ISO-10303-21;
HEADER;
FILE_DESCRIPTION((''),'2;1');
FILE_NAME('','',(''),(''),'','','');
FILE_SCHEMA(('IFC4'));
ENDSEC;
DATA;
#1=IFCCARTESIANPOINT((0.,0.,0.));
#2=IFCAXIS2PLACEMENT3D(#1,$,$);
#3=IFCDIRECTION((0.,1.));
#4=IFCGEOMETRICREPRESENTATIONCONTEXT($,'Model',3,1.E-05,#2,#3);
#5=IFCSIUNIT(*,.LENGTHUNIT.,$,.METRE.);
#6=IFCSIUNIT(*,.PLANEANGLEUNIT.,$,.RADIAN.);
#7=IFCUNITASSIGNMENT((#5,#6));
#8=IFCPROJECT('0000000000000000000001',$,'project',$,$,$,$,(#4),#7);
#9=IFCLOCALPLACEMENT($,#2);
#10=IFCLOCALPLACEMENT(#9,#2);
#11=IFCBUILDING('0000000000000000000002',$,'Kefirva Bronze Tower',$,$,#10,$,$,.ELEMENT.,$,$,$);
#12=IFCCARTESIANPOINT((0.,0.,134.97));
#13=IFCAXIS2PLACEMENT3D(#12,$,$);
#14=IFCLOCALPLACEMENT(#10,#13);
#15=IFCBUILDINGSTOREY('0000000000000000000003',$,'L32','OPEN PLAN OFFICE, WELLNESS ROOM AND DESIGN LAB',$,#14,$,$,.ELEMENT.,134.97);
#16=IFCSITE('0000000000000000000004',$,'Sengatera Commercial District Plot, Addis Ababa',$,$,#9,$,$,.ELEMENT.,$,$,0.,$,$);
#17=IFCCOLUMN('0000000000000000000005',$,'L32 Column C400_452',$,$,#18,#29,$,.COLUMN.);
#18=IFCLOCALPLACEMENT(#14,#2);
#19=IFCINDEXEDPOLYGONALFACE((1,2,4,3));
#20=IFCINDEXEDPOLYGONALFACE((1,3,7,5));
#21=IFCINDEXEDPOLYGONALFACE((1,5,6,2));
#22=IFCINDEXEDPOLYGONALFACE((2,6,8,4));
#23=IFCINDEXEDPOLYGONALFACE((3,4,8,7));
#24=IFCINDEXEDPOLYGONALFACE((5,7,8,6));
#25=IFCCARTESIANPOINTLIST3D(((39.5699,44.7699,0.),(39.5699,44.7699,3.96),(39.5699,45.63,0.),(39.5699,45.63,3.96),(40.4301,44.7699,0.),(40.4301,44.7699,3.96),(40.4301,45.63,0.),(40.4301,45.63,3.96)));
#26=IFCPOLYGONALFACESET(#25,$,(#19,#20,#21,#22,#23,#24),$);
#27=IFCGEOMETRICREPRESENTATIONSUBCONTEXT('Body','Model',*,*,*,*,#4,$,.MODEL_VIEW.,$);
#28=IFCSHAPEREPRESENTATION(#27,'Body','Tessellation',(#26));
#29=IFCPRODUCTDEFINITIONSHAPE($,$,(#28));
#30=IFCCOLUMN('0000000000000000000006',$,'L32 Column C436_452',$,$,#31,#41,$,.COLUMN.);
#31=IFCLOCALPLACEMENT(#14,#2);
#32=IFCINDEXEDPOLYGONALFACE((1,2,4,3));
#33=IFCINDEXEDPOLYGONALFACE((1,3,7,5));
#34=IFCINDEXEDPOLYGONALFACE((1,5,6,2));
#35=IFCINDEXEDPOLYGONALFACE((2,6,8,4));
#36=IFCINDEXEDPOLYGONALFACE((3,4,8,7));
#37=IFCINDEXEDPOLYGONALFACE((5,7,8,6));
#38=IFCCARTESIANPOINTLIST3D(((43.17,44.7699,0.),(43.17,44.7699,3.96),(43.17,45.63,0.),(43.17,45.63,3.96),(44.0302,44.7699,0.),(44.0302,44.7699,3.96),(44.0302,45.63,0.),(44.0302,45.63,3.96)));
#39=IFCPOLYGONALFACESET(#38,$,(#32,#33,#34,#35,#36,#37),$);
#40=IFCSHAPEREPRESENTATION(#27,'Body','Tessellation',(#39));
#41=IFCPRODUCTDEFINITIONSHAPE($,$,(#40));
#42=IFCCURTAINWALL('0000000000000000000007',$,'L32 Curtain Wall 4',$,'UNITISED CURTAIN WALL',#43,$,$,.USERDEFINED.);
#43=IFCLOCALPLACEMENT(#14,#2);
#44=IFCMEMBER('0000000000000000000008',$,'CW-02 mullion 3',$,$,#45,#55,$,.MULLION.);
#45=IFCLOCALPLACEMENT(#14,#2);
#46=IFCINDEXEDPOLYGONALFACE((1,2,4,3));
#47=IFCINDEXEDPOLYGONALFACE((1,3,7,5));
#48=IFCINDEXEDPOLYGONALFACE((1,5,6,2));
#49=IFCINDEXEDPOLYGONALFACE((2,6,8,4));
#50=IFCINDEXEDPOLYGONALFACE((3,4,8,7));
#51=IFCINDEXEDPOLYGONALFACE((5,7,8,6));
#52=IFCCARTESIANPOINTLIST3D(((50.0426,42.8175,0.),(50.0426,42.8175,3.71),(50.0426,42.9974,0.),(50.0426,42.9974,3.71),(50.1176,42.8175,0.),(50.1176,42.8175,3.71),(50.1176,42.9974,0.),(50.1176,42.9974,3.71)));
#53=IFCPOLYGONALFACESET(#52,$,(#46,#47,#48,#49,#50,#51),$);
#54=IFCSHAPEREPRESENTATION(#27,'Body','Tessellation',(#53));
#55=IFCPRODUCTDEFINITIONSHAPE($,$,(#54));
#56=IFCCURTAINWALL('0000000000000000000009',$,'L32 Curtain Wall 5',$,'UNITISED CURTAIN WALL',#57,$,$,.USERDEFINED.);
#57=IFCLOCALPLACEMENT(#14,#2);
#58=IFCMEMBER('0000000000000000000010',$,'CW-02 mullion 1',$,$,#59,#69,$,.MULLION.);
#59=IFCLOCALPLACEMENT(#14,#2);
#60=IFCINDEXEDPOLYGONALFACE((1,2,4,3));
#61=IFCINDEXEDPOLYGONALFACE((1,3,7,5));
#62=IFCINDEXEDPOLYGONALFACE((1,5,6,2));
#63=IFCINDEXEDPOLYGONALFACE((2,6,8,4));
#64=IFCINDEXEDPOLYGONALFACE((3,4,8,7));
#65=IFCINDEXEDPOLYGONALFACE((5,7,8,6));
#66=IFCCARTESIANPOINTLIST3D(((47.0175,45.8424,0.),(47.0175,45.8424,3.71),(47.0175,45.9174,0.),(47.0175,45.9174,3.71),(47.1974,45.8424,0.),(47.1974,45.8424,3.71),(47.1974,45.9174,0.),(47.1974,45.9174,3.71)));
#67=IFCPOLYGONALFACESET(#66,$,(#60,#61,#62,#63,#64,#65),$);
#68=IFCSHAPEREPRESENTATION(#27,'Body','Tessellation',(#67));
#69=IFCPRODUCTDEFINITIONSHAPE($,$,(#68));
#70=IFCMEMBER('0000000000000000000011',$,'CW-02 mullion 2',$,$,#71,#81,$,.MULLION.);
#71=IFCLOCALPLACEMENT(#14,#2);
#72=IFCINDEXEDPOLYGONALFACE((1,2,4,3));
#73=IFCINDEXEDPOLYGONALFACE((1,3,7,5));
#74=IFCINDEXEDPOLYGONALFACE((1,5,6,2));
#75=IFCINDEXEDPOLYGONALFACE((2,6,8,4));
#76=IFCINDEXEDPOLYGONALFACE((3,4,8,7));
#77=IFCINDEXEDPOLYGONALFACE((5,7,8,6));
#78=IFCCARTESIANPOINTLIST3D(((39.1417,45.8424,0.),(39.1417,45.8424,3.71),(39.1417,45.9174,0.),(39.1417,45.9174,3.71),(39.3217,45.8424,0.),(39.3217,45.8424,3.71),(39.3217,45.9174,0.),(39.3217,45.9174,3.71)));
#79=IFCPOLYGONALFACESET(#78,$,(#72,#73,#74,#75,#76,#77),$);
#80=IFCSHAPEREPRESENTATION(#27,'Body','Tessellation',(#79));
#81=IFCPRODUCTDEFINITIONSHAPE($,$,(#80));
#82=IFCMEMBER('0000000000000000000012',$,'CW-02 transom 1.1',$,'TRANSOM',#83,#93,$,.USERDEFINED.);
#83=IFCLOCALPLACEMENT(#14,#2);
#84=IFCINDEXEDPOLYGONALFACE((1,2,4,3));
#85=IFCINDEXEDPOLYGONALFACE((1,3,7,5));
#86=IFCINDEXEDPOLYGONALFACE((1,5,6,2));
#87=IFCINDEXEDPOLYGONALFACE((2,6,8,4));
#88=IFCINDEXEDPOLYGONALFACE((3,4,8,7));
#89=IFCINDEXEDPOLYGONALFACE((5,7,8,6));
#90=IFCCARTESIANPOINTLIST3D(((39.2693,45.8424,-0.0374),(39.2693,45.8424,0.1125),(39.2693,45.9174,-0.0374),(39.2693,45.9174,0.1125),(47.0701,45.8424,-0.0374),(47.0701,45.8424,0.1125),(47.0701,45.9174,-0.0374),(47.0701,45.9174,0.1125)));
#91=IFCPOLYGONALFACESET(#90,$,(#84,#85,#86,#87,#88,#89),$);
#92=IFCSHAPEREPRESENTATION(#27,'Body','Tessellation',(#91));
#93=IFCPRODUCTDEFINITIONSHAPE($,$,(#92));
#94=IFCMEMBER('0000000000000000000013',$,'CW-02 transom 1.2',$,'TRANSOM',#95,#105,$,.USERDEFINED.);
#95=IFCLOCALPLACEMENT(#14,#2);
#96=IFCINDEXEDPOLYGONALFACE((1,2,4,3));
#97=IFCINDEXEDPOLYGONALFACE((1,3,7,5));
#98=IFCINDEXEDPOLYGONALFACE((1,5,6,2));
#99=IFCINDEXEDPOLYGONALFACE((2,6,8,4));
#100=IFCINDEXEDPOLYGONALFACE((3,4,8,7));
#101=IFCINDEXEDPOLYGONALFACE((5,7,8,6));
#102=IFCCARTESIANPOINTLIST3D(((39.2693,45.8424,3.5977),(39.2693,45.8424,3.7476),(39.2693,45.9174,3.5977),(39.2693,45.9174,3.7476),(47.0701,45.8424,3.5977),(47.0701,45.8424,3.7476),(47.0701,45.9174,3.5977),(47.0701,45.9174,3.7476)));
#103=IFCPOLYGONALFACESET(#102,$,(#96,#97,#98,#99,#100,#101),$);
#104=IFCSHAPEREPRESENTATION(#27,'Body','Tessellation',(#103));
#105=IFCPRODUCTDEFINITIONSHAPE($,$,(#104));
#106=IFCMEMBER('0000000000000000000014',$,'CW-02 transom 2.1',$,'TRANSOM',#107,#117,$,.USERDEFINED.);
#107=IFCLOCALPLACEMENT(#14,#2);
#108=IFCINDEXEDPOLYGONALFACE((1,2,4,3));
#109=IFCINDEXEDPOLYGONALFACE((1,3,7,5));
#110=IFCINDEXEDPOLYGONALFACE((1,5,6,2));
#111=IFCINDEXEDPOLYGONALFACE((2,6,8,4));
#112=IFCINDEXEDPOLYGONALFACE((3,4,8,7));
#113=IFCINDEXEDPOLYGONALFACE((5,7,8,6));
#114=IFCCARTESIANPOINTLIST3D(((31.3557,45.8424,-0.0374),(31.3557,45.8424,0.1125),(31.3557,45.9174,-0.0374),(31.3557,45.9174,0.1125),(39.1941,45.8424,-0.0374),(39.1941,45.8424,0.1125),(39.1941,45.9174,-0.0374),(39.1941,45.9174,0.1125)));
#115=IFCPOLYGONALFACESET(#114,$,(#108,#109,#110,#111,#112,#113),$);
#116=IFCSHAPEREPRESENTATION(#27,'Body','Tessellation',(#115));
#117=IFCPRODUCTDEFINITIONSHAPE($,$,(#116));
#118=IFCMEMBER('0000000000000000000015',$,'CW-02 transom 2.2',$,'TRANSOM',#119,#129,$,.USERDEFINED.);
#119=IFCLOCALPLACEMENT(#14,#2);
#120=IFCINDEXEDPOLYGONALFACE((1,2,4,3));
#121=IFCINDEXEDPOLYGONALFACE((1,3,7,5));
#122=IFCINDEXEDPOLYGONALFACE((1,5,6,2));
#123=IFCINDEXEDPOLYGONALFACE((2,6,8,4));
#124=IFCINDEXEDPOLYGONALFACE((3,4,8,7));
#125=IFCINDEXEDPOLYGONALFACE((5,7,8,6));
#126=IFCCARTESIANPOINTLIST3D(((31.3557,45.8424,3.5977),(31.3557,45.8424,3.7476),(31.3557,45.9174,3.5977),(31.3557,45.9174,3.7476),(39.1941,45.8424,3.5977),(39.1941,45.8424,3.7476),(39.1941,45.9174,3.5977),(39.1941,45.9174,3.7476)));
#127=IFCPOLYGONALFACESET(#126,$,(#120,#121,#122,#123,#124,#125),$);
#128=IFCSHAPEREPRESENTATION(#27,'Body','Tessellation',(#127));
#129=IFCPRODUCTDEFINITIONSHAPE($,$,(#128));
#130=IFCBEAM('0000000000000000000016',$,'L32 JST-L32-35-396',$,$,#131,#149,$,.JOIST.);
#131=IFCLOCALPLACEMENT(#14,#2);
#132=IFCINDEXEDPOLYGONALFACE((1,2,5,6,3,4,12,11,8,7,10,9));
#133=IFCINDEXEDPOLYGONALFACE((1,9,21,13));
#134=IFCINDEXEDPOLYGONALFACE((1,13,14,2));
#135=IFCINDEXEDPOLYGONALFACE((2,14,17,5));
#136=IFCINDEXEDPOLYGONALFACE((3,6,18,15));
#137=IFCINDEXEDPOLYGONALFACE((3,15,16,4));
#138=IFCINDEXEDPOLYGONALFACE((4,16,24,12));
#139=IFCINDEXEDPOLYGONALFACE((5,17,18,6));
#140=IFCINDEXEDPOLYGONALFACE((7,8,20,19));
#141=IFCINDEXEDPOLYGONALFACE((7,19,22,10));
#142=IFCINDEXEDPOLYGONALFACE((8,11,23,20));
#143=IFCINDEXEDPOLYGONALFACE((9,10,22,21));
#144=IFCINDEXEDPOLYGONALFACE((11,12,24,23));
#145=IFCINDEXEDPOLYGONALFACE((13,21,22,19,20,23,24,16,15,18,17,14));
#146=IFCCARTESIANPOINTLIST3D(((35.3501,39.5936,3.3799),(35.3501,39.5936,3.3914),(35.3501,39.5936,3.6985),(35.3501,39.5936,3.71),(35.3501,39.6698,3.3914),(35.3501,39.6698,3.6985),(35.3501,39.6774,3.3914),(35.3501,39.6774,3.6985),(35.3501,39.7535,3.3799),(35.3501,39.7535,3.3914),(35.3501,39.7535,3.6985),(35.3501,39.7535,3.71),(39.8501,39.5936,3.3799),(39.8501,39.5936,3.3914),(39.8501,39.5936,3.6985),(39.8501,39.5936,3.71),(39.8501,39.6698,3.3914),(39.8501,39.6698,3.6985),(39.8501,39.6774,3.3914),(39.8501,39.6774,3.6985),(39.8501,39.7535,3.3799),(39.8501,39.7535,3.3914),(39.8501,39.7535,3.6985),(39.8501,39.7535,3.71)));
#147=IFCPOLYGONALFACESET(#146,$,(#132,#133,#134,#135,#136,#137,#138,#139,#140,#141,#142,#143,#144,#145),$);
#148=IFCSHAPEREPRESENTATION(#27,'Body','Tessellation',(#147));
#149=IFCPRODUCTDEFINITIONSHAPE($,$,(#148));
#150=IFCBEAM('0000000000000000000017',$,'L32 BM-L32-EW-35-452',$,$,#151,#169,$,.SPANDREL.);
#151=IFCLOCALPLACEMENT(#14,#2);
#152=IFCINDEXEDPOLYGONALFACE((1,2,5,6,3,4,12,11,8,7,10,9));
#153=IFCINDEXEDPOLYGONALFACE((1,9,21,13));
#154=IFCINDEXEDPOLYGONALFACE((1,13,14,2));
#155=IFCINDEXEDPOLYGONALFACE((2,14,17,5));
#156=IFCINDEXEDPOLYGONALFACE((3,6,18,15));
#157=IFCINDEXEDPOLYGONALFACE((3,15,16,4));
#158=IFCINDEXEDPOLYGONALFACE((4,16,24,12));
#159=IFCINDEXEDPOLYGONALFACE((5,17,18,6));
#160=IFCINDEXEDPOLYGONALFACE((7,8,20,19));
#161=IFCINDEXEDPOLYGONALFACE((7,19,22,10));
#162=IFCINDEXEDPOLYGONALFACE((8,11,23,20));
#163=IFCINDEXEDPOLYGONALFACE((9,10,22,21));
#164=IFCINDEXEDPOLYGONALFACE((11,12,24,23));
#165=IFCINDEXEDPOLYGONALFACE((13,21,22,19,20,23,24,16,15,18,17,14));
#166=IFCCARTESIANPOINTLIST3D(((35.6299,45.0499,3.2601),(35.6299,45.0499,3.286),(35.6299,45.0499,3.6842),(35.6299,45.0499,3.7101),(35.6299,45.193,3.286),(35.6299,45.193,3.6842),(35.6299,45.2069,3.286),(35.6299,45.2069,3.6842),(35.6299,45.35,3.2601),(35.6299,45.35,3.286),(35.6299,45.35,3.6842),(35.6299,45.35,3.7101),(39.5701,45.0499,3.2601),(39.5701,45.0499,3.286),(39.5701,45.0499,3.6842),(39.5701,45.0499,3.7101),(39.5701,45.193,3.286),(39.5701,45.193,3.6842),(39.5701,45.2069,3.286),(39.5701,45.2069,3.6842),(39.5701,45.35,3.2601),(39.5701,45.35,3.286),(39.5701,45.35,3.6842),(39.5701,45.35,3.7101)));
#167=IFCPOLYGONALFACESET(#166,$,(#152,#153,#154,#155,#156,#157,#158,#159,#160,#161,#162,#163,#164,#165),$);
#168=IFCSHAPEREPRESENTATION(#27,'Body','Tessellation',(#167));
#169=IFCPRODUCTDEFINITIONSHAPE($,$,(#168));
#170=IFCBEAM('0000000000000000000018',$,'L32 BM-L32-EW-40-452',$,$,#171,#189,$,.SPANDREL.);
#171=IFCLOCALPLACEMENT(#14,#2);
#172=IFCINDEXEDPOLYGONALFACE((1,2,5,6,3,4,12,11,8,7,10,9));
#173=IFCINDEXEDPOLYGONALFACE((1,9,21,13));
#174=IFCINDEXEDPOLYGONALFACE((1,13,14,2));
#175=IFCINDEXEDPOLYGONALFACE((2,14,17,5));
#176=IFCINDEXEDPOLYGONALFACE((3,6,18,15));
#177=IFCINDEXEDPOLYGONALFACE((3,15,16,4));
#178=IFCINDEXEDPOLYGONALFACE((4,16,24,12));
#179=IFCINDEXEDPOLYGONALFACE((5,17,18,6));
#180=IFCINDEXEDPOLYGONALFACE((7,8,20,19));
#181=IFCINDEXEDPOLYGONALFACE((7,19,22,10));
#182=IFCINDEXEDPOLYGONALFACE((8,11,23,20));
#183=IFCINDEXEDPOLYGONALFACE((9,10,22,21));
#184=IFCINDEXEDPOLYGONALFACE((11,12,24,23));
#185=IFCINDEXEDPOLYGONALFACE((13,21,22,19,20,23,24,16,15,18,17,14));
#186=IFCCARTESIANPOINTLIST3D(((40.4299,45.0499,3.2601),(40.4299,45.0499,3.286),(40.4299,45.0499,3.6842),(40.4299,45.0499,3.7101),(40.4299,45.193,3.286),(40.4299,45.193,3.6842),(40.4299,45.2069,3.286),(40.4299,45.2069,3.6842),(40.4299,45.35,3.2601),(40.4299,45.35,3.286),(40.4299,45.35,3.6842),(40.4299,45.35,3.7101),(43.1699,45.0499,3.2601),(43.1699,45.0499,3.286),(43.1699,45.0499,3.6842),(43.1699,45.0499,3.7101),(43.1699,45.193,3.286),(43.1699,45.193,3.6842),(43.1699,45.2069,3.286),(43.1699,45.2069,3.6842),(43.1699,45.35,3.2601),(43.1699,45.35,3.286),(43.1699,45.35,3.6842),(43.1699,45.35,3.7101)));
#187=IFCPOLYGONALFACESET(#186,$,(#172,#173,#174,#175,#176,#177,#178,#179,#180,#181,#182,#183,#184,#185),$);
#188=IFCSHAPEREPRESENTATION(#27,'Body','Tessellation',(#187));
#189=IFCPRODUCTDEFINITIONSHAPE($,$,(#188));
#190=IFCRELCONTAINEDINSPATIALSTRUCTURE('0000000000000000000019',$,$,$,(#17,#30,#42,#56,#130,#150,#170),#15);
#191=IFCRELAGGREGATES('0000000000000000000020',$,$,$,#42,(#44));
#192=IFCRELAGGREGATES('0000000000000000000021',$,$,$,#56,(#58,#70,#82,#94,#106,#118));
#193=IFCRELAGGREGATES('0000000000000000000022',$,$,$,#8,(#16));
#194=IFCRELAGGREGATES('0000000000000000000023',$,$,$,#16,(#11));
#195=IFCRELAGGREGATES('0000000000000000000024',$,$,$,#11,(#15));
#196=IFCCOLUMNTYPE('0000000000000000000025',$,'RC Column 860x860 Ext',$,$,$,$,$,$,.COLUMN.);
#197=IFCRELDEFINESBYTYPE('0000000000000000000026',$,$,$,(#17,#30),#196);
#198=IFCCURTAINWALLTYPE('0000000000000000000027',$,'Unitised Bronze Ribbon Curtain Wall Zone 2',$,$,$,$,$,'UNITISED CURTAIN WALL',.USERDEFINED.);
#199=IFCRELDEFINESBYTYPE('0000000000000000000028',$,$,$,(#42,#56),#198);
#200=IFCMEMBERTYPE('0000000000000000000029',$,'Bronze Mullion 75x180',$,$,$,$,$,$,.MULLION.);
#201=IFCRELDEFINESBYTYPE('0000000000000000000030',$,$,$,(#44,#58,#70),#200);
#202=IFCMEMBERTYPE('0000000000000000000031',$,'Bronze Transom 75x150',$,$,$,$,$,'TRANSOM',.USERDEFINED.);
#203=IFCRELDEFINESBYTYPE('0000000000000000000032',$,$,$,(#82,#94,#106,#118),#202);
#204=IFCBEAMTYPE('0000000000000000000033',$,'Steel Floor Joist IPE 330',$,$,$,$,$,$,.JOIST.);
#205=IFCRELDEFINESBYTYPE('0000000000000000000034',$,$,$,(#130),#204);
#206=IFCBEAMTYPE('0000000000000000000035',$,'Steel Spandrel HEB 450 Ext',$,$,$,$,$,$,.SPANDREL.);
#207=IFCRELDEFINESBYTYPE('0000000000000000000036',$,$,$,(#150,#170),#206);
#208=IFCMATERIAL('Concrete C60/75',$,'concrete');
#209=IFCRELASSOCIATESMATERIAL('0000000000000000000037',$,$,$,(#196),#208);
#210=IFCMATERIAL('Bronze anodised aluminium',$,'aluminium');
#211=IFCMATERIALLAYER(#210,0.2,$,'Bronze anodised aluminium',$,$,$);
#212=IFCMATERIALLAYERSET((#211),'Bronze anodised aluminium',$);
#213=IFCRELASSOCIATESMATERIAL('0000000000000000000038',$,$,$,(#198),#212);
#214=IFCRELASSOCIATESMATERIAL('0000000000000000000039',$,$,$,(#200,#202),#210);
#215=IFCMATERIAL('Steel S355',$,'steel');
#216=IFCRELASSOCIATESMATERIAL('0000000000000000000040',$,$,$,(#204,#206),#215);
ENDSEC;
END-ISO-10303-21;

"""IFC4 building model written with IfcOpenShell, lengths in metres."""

from ifc_helpers import new_model, si_unit, direction, frame, origin, origin_2d, place, context, subcontext, project, spatial, rectangle, i_section, extrude, material, layer, layer_set, material_profile, profile_set, type_object, element, aggregate, save


model = new_model("IFC4")

# Units and contexts
model_context = context("Model", 3, precision=1e-05, world=origin(), true_north=direction((0.0, 1.0)))
body_context = subcontext(model_context, "Body", "Model", "MODEL_VIEW")
ifc_project = project(units=[si_unit("LENGTHUNIT", "METRE"), si_unit("PLANEANGLEUNIT", "RADIAN")], contexts=[model_context])

# Site, building, storey
site_placement = place(None, origin())
site = spatial("IfcSite", under=ifc_project, at=site_placement, Name="Sengatera Commercial District Plot, Addis Ababa", CompositionType="ELEMENT", RefElevation=0.0)
building_placement = place(site_placement, origin())
building = spatial("IfcBuilding", under=site, at=building_placement, Name="Kefirva Bronze Tower", CompositionType="ELEMENT")
storey_placement = place(building_placement, frame((0.0, 0.0, 134.97)))
storey = spatial("IfcBuildingStorey", under=building, at=storey_placement, Name="L32", Description="OPEN PLAN OFFICE, WELLNESS ROOM AND DESIGN LAB", CompositionType="ELEMENT", Elevation=134.97)

# Columns
ifc_material_1 = material(Name="Concrete C60/75", Category="concrete")
ifc_material_profile_1 = material_profile(ifc_material_1, rectangle(XDim=0.8601, YDim=0.8601, at=origin_2d()), Name="RC 860x860")
ifc_profile_set_1 = profile_set([ifc_material_profile_1], Name="Concrete C60/75")
column_type = type_object("IfcColumnType", Name="RC Column 860x860 Ext", PredefinedType="COLUMN", material=ifc_profile_set_1)
for number, where, z_axis, x_axis, name in (
    (1, (40.0, 45.2, 0.0), (0.0, 0.0, 1.0), (1.0, 0.0, 0.0), "L32 Column C400_452"),
    (2, (43.6001, 45.2, 0.0), (0.0, 0.0, 1.0), (1.0, 0.0, 0.0), "L32 Column C436_452"),
):
    element("IfcColumn", number, at=place(storey_placement, frame(where, z_axis=z_axis, x_axis=x_axis)), inside=storey, type_object=column_type, Name=name, PredefinedType="COLUMN", context=body_context, shape_type="SweptSolid", body=[
        extrude(rectangle(XDim=0.8601, YDim=0.8601, at=origin_2d()), origin(), (0.0, 0.0, 1.0), 3.96),
    ])

# Curtain wall, member
ifc_material_2 = material(Name="Bronze anodised aluminium", Category="aluminium")
ifc_layer_1 = layer(ifc_material_2, 0.2, Name="Bronze anodised aluminium")
ifc_layer_set_1 = layer_set([ifc_layer_1], Name="Bronze anodised aluminium")
curtain_wall_type = type_object("IfcCurtainWallType", Name="Unitised Bronze Ribbon Curtain Wall Zone 2", ElementType="UNITISED CURTAIN WALL", PredefinedType="USERDEFINED", material=ifc_layer_set_1)
curtain_wall_1_placement = place(storey_placement, origin())
curtain_wall_1 = element("IfcCurtainWall", 3, at=curtain_wall_1_placement, inside=storey, type_object=curtain_wall_type, Name="L32 Curtain Wall 4", ObjectType="UNITISED CURTAIN WALL", PredefinedType="USERDEFINED")
ifc_material_profile_2 = material_profile(ifc_material_2, rectangle(XDim=0.075, YDim=0.1799, at=origin_2d()), Name="ALU 75x180")
ifc_profile_set_2 = profile_set([ifc_material_profile_2], Name="Bronze anodised aluminium")
member_type_1 = type_object("IfcMemberType", Name="Bronze Mullion 75x180", PredefinedType="MULLION", material=ifc_profile_set_2)
member_1_placement = place(storey_placement, frame((50.0801, 42.9075, 0.0), z_axis=(0.0, 0.0, 1.0), x_axis=(-1.0, 0.0, 0.0)))
member_1 = element("IfcMember", 4, at=member_1_placement, type_object=member_type_1, Name="CW-02 mullion 3", PredefinedType="MULLION", context=body_context, shape_type="SweptSolid", body=[
    extrude(rectangle(XDim=0.075, YDim=0.1799, at=origin_2d()), origin(), (0.0, 0.0, 1.0), 3.71),
])
aggregate(curtain_wall_1, [member_1])

# Curtain wall, members
curtain_wall_2_placement = place(storey_placement, origin())
curtain_wall_2 = element("IfcCurtainWall", 5, at=curtain_wall_2_placement, inside=storey, type_object=curtain_wall_type, Name="L32 Curtain Wall 5", ObjectType="UNITISED CURTAIN WALL", PredefinedType="USERDEFINED")
member_2_placement = place(storey_placement, frame((47.1074, 45.8799, 0.0), z_axis=(0.0, 0.0, 1.0), x_axis=(0.0, -1.0, 0.0)))
member_2 = element("IfcMember", 6, at=member_2_placement, type_object=member_type_1, Name="CW-02 mullion 1", PredefinedType="MULLION", context=body_context, shape_type="SweptSolid", body=[
    extrude(rectangle(XDim=0.075, YDim=0.1799, at=origin_2d()), origin(), (0.0, 0.0, 1.0), 3.71),
])
member_3_placement = place(storey_placement, frame((39.2317, 45.8799, 0.0), z_axis=(0.0, 0.0, 1.0), x_axis=(0.0, -1.0, 0.0)))
member_3 = element("IfcMember", 7, at=member_3_placement, type_object=member_type_1, Name="CW-02 mullion 2", PredefinedType="MULLION", context=body_context, shape_type="SweptSolid", body=[
    extrude(rectangle(XDim=0.075, YDim=0.1799, at=origin_2d()), origin(), (0.0, 0.0, 1.0), 3.71),
])
ifc_material_profile_3 = material_profile(ifc_material_2, rectangle(XDim=0.075, YDim=0.1499, at=origin_2d()), Name="ALU 75x150")
ifc_profile_set_3 = profile_set([ifc_material_profile_3], Name="Bronze anodised aluminium")
member_type_2 = type_object("IfcMemberType", Name="Bronze Transom 75x150", ElementType="TRANSOM", PredefinedType="USERDEFINED", material=ifc_profile_set_3)
member_4_placement = place(storey_placement, frame((47.0701, 45.8799, 0.0376), z_axis=(-1.0, 0.0, 0.0), x_axis=(0.0, -1.0, 0.0)))
member_4 = element("IfcMember", 8, at=member_4_placement, type_object=member_type_2, Name="CW-02 transom 1.1", ObjectType="TRANSOM", PredefinedType="USERDEFINED", context=body_context, shape_type="SweptSolid", body=[
    extrude(rectangle(XDim=0.075, YDim=0.1499, at=origin_2d()), origin(), (0.0, 0.0, 1.0), 7.8008),
])
member_5_placement = place(storey_placement, frame((47.0701, 45.8799, 3.6726), z_axis=(-1.0, 0.0, 0.0), x_axis=(0.0, -1.0, 0.0)))
member_5 = element("IfcMember", 9, at=member_5_placement, type_object=member_type_2, Name="CW-02 transom 1.2", ObjectType="TRANSOM", PredefinedType="USERDEFINED", context=body_context, shape_type="SweptSolid", body=[
    extrude(rectangle(XDim=0.075, YDim=0.1499, at=origin_2d()), origin(), (0.0, 0.0, 1.0), 7.8008),
])
member_6_placement = place(storey_placement, frame((39.1941, 45.8799, 0.0376), z_axis=(-1.0, 0.0, 0.0), x_axis=(0.0, -1.0, 0.0)))
member_6 = element("IfcMember", 10, at=member_6_placement, type_object=member_type_2, Name="CW-02 transom 2.1", ObjectType="TRANSOM", PredefinedType="USERDEFINED", context=body_context, shape_type="SweptSolid", body=[
    extrude(rectangle(XDim=0.075, YDim=0.1499, at=origin_2d()), origin(), (0.0, 0.0, 1.0), 7.8384),
])
member_7_placement = place(storey_placement, frame((39.1941, 45.8799, 3.6726), z_axis=(-1.0, 0.0, 0.0), x_axis=(0.0, -1.0, 0.0)))
member_7 = element("IfcMember", 11, at=member_7_placement, type_object=member_type_2, Name="CW-02 transom 2.2", ObjectType="TRANSOM", PredefinedType="USERDEFINED", context=body_context, shape_type="SweptSolid", body=[
    extrude(rectangle(XDim=0.075, YDim=0.1499, at=origin_2d()), origin(), (0.0, 0.0, 1.0), 7.8384),
])

# Beams
ifc_material_3 = material(Name="Steel S355", Category="steel")
ifc_material_profile_4 = material_profile(ifc_material_3, i_section(OverallWidth=0.1599, OverallDepth=0.3301, WebThickness=0.0076, FlangeThickness=0.0115, at=origin_2d()), Name="IPE 330")
ifc_profile_set_4 = profile_set([ifc_material_profile_4], Name="Steel S355")
beam_type_1 = type_object("IfcBeamType", Name="Steel Floor Joist IPE 330", PredefinedType="JOIST", material=ifc_profile_set_4)
beam_1_placement = place(storey_placement, frame((35.3501, 39.6736, 3.5449), z_axis=(1.0, 0.0, 0.0), x_axis=(0.0, 1.0, 0.0)))
element("IfcBeam", 12, at=beam_1_placement, inside=storey, type_object=beam_type_1, Name="L32 JST-L32-35-396", PredefinedType="JOIST", context=body_context, shape_type="SweptSolid", body=[
    extrude(i_section(OverallWidth=0.1599, OverallDepth=0.3301, WebThickness=0.0076, FlangeThickness=0.0115, at=origin_2d()), origin(), (0.0, 0.0, 1.0), 4.5),
])
ifc_material_profile_5 = material_profile(ifc_material_3, i_section(OverallWidth=0.3, OverallDepth=0.45, WebThickness=0.0139, FlangeThickness=0.0259, at=origin_2d()), Name="HEB 450")
ifc_profile_set_5 = profile_set([ifc_material_profile_5], Name="Steel S355")
beam_type_2 = type_object("IfcBeamType", Name="Steel Spandrel HEB 450 Ext", PredefinedType="SPANDREL", material=ifc_profile_set_5)
beam_2_placement = place(storey_placement, frame((35.6299, 45.2, 3.4851), z_axis=(1.0, 0.0, 0.0), x_axis=(0.0, 1.0, 0.0)))
element("IfcBeam", 13, at=beam_2_placement, inside=storey, type_object=beam_type_2, Name="L32 BM-L32-EW-35-452", PredefinedType="SPANDREL", context=body_context, shape_type="SweptSolid", body=[
    extrude(i_section(OverallWidth=0.3, OverallDepth=0.45, WebThickness=0.0139, FlangeThickness=0.0259, at=origin_2d()), origin(), (0.0, 0.0, 1.0), 3.9402),
])
beam_3_placement = place(storey_placement, frame((40.4299, 45.2, 3.4851), z_axis=(1.0, 0.0, 0.0), x_axis=(0.0, 1.0, 0.0)))
element("IfcBeam", 14, at=beam_3_placement, inside=storey, type_object=beam_type_2, Name="L32 BM-L32-EW-40-452", PredefinedType="SPANDREL", context=body_context, shape_type="SweptSolid", body=[
    extrude(i_section(OverallWidth=0.3, OverallDepth=0.45, WebThickness=0.0139, FlangeThickness=0.0259, at=origin_2d()), origin(), (0.0, 0.0, 1.0), 2.74),
])

aggregate(curtain_wall_2, [member_2, member_3, member_4, member_5, member_6, member_7])

save(model, "model.ifc")
